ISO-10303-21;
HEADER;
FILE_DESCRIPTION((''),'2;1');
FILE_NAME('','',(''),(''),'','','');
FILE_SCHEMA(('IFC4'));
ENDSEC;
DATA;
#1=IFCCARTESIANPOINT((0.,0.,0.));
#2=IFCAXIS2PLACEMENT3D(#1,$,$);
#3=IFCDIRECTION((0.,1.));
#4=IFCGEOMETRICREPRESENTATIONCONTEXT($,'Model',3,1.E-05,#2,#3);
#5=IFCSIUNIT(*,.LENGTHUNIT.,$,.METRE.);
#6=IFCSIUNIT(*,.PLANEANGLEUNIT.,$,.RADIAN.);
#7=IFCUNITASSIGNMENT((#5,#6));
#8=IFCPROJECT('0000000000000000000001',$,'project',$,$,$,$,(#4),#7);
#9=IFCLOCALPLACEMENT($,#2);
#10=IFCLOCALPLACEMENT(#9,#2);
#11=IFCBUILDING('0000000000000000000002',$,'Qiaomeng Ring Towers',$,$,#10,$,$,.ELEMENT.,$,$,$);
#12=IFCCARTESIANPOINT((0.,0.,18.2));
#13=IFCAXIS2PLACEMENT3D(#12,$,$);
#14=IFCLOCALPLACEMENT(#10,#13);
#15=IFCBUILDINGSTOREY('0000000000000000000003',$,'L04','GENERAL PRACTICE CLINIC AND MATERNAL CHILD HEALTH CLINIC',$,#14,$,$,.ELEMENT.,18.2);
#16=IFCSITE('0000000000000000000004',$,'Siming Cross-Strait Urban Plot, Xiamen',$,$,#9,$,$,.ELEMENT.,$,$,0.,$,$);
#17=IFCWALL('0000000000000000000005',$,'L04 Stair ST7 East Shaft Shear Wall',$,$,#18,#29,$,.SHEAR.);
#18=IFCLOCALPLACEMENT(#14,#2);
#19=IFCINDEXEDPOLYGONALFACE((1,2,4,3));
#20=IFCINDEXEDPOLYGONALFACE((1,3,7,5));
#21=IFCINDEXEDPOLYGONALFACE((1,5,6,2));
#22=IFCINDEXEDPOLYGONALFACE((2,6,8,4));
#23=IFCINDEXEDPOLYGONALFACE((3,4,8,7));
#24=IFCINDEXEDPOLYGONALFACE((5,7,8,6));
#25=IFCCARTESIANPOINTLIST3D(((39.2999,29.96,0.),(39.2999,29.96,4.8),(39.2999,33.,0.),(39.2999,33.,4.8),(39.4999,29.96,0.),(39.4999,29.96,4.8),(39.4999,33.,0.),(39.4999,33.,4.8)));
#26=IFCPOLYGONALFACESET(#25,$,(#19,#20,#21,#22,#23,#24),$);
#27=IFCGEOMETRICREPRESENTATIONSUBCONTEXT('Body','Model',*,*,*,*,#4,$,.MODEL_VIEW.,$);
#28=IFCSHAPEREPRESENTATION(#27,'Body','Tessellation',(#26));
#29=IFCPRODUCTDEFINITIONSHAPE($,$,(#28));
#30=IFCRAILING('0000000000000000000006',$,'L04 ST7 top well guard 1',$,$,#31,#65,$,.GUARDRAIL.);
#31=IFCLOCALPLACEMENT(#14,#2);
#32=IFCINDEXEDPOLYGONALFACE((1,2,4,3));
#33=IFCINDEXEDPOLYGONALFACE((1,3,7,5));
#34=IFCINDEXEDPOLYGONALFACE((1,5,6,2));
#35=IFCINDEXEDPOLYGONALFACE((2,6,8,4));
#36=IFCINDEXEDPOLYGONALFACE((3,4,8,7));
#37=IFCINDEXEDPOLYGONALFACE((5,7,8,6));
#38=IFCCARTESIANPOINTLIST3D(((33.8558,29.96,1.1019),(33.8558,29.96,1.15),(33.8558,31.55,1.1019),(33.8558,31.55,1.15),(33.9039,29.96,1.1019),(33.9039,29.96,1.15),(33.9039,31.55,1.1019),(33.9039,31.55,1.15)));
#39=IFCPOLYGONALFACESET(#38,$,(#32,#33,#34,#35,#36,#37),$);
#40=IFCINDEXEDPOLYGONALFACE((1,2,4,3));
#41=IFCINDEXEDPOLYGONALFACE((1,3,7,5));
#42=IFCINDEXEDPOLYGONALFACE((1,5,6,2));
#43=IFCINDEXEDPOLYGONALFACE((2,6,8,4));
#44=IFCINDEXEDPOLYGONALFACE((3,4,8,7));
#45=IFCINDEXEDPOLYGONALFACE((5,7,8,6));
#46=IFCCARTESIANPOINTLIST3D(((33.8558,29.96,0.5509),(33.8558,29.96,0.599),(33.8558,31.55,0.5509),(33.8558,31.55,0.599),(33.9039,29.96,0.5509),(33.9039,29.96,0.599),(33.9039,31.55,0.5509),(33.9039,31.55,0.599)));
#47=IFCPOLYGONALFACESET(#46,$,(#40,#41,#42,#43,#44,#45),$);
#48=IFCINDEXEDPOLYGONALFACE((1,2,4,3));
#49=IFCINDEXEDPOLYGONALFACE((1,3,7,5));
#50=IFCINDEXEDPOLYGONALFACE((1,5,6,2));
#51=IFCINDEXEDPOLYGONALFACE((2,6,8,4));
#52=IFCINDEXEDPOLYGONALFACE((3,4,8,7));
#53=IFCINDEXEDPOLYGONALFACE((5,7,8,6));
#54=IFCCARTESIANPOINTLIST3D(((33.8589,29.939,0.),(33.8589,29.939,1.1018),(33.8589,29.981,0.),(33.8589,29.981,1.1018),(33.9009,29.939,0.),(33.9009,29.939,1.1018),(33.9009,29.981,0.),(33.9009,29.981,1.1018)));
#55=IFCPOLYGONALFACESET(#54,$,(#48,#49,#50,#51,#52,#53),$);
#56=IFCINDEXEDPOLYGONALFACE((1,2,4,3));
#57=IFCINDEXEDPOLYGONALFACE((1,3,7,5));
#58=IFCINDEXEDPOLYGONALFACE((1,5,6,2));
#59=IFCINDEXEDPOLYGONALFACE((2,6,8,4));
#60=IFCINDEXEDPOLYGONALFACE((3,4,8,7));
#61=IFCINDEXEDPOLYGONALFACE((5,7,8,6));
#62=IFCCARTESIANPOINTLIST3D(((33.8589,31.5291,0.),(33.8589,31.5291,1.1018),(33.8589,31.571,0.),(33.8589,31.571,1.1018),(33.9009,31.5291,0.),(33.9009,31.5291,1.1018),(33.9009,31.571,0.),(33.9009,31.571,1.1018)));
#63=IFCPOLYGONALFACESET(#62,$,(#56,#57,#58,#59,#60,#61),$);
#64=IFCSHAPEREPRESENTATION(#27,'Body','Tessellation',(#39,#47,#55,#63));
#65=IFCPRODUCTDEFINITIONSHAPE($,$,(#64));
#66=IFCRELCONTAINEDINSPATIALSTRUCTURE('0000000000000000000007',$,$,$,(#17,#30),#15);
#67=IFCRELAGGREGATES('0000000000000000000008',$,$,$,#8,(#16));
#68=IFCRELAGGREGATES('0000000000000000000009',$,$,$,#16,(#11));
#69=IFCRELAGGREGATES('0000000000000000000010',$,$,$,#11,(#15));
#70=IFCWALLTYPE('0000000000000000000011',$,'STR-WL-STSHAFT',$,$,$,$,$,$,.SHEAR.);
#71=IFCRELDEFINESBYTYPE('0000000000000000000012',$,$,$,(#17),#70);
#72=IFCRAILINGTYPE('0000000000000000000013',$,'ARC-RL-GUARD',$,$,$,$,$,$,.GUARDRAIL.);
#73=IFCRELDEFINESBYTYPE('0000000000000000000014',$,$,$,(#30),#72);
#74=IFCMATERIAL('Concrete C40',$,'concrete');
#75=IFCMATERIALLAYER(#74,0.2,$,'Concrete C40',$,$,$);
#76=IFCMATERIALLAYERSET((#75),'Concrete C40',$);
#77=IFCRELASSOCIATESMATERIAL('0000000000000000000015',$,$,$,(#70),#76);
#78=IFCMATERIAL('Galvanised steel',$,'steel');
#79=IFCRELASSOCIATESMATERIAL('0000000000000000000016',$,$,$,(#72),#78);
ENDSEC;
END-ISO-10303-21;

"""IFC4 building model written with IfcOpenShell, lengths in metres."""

from ifc_helpers import new_model, si_unit, direction, frame, frame_2d, origin, origin_2d, place, context, subcontext, project, spatial, rectangle, extrude, material, layer, layer_set, type_object, element, save


model = new_model("IFC4")

# Units and contexts
model_context = context("Model", 3, precision=1e-05, world=origin(), true_north=direction((0.0, 1.0)))
body_context = subcontext(model_context, "Body", "Model", "MODEL_VIEW")
ifc_project = project(units=[si_unit("LENGTHUNIT", "METRE"), si_unit("PLANEANGLEUNIT", "RADIAN")], contexts=[model_context])

# Site, building, storey
site_placement = place(None, origin())
site = spatial("IfcSite", under=ifc_project, at=site_placement, Name="Siming Cross-Strait Urban Plot, Xiamen", CompositionType="ELEMENT", RefElevation=0.0)
building_placement = place(site_placement, origin())
building = spatial("IfcBuilding", under=site, at=building_placement, Name="Qiaomeng Ring Towers", CompositionType="ELEMENT")
storey_placement = place(building_placement, frame((0.0, 0.0, 18.2)))
storey = spatial("IfcBuildingStorey", under=building, at=storey_placement, Name="L04", Description="GENERAL PRACTICE CLINIC AND MATERNAL CHILD HEALTH CLINIC", CompositionType="ELEMENT", Elevation=18.2)

# Shared definitions
ifc_material_1 = material(Name="Concrete C40", Category="concrete")
ifc_layer_1 = layer(ifc_material_1, 0.2, Name="Concrete C40")
ifc_layer_set_1 = layer_set([ifc_layer_1], Name="Concrete C40")
wall_type_1 = type_object("IfcWallType", Name="STR-WL-STSHAFT", PredefinedType="SHEAR", material=ifc_layer_set_1)

# Shared definitions
ifc_material_2 = material(Name="Galvanised steel", Category="steel")

# Wall
wall_1_placement = place(storey_placement, frame((39.3999, 29.96, 0.0), z_axis=(0.0, 0.0, 1.0), x_axis=(0.0, 1.0, 0.0)))
element("IfcWall", 1, at=wall_1_placement, inside=storey, type_object=wall_type_1, Name="L04 Stair ST7 East Shaft Shear Wall", PredefinedType="SHEAR", context=body_context, shape_type="SweptSolid", body=[
    extrude(rectangle(XDim=3.04, YDim=0.2, at=frame_2d((1.52, 0.0))), origin(), (0.0, 0.0, 1.0), 4.8),
])

# Railing
railing_type = type_object("IfcRailingType", Name="ARC-RL-GUARD", PredefinedType="GUARDRAIL", material=ifc_material_2)
railing_placement = place(storey_placement, frame((33.8799, 29.96, 0.0)))
element("IfcRailing", 2, at=railing_placement, inside=storey, type_object=railing_type, Name="L04 ST7 top well guard 1", PredefinedType="GUARDRAIL", context=body_context, shape_type="SweptSolid", body=[
    extrude(rectangle(XDim=0.0481, YDim=0.0481, at=origin_2d()), frame((0.0, 0.0, 1.126), z_axis=(0.0, 1.0, 0.0), x_axis=(-1.0, 0.0, 0.0)), (0.0, 0.0, 1.0), 1.5901),
    extrude(rectangle(XDim=0.0481, YDim=0.0481, at=origin_2d()), frame((0.0, 0.0, 0.575), z_axis=(0.0, 1.0, 0.0), x_axis=(-1.0, 0.0, 0.0)), (0.0, 0.0, 1.0), 1.5901),
    extrude(rectangle(XDim=0.042, YDim=0.042, at=origin_2d()), origin(), (0.0, 0.0, 1.0), 1.1018),
    extrude(rectangle(XDim=0.042, YDim=0.042, at=origin_2d()), frame((0.0, 1.5901, 0.0)), (0.0, 0.0, 1.0), 1.1018),
])

save(model, "model.ifc")
